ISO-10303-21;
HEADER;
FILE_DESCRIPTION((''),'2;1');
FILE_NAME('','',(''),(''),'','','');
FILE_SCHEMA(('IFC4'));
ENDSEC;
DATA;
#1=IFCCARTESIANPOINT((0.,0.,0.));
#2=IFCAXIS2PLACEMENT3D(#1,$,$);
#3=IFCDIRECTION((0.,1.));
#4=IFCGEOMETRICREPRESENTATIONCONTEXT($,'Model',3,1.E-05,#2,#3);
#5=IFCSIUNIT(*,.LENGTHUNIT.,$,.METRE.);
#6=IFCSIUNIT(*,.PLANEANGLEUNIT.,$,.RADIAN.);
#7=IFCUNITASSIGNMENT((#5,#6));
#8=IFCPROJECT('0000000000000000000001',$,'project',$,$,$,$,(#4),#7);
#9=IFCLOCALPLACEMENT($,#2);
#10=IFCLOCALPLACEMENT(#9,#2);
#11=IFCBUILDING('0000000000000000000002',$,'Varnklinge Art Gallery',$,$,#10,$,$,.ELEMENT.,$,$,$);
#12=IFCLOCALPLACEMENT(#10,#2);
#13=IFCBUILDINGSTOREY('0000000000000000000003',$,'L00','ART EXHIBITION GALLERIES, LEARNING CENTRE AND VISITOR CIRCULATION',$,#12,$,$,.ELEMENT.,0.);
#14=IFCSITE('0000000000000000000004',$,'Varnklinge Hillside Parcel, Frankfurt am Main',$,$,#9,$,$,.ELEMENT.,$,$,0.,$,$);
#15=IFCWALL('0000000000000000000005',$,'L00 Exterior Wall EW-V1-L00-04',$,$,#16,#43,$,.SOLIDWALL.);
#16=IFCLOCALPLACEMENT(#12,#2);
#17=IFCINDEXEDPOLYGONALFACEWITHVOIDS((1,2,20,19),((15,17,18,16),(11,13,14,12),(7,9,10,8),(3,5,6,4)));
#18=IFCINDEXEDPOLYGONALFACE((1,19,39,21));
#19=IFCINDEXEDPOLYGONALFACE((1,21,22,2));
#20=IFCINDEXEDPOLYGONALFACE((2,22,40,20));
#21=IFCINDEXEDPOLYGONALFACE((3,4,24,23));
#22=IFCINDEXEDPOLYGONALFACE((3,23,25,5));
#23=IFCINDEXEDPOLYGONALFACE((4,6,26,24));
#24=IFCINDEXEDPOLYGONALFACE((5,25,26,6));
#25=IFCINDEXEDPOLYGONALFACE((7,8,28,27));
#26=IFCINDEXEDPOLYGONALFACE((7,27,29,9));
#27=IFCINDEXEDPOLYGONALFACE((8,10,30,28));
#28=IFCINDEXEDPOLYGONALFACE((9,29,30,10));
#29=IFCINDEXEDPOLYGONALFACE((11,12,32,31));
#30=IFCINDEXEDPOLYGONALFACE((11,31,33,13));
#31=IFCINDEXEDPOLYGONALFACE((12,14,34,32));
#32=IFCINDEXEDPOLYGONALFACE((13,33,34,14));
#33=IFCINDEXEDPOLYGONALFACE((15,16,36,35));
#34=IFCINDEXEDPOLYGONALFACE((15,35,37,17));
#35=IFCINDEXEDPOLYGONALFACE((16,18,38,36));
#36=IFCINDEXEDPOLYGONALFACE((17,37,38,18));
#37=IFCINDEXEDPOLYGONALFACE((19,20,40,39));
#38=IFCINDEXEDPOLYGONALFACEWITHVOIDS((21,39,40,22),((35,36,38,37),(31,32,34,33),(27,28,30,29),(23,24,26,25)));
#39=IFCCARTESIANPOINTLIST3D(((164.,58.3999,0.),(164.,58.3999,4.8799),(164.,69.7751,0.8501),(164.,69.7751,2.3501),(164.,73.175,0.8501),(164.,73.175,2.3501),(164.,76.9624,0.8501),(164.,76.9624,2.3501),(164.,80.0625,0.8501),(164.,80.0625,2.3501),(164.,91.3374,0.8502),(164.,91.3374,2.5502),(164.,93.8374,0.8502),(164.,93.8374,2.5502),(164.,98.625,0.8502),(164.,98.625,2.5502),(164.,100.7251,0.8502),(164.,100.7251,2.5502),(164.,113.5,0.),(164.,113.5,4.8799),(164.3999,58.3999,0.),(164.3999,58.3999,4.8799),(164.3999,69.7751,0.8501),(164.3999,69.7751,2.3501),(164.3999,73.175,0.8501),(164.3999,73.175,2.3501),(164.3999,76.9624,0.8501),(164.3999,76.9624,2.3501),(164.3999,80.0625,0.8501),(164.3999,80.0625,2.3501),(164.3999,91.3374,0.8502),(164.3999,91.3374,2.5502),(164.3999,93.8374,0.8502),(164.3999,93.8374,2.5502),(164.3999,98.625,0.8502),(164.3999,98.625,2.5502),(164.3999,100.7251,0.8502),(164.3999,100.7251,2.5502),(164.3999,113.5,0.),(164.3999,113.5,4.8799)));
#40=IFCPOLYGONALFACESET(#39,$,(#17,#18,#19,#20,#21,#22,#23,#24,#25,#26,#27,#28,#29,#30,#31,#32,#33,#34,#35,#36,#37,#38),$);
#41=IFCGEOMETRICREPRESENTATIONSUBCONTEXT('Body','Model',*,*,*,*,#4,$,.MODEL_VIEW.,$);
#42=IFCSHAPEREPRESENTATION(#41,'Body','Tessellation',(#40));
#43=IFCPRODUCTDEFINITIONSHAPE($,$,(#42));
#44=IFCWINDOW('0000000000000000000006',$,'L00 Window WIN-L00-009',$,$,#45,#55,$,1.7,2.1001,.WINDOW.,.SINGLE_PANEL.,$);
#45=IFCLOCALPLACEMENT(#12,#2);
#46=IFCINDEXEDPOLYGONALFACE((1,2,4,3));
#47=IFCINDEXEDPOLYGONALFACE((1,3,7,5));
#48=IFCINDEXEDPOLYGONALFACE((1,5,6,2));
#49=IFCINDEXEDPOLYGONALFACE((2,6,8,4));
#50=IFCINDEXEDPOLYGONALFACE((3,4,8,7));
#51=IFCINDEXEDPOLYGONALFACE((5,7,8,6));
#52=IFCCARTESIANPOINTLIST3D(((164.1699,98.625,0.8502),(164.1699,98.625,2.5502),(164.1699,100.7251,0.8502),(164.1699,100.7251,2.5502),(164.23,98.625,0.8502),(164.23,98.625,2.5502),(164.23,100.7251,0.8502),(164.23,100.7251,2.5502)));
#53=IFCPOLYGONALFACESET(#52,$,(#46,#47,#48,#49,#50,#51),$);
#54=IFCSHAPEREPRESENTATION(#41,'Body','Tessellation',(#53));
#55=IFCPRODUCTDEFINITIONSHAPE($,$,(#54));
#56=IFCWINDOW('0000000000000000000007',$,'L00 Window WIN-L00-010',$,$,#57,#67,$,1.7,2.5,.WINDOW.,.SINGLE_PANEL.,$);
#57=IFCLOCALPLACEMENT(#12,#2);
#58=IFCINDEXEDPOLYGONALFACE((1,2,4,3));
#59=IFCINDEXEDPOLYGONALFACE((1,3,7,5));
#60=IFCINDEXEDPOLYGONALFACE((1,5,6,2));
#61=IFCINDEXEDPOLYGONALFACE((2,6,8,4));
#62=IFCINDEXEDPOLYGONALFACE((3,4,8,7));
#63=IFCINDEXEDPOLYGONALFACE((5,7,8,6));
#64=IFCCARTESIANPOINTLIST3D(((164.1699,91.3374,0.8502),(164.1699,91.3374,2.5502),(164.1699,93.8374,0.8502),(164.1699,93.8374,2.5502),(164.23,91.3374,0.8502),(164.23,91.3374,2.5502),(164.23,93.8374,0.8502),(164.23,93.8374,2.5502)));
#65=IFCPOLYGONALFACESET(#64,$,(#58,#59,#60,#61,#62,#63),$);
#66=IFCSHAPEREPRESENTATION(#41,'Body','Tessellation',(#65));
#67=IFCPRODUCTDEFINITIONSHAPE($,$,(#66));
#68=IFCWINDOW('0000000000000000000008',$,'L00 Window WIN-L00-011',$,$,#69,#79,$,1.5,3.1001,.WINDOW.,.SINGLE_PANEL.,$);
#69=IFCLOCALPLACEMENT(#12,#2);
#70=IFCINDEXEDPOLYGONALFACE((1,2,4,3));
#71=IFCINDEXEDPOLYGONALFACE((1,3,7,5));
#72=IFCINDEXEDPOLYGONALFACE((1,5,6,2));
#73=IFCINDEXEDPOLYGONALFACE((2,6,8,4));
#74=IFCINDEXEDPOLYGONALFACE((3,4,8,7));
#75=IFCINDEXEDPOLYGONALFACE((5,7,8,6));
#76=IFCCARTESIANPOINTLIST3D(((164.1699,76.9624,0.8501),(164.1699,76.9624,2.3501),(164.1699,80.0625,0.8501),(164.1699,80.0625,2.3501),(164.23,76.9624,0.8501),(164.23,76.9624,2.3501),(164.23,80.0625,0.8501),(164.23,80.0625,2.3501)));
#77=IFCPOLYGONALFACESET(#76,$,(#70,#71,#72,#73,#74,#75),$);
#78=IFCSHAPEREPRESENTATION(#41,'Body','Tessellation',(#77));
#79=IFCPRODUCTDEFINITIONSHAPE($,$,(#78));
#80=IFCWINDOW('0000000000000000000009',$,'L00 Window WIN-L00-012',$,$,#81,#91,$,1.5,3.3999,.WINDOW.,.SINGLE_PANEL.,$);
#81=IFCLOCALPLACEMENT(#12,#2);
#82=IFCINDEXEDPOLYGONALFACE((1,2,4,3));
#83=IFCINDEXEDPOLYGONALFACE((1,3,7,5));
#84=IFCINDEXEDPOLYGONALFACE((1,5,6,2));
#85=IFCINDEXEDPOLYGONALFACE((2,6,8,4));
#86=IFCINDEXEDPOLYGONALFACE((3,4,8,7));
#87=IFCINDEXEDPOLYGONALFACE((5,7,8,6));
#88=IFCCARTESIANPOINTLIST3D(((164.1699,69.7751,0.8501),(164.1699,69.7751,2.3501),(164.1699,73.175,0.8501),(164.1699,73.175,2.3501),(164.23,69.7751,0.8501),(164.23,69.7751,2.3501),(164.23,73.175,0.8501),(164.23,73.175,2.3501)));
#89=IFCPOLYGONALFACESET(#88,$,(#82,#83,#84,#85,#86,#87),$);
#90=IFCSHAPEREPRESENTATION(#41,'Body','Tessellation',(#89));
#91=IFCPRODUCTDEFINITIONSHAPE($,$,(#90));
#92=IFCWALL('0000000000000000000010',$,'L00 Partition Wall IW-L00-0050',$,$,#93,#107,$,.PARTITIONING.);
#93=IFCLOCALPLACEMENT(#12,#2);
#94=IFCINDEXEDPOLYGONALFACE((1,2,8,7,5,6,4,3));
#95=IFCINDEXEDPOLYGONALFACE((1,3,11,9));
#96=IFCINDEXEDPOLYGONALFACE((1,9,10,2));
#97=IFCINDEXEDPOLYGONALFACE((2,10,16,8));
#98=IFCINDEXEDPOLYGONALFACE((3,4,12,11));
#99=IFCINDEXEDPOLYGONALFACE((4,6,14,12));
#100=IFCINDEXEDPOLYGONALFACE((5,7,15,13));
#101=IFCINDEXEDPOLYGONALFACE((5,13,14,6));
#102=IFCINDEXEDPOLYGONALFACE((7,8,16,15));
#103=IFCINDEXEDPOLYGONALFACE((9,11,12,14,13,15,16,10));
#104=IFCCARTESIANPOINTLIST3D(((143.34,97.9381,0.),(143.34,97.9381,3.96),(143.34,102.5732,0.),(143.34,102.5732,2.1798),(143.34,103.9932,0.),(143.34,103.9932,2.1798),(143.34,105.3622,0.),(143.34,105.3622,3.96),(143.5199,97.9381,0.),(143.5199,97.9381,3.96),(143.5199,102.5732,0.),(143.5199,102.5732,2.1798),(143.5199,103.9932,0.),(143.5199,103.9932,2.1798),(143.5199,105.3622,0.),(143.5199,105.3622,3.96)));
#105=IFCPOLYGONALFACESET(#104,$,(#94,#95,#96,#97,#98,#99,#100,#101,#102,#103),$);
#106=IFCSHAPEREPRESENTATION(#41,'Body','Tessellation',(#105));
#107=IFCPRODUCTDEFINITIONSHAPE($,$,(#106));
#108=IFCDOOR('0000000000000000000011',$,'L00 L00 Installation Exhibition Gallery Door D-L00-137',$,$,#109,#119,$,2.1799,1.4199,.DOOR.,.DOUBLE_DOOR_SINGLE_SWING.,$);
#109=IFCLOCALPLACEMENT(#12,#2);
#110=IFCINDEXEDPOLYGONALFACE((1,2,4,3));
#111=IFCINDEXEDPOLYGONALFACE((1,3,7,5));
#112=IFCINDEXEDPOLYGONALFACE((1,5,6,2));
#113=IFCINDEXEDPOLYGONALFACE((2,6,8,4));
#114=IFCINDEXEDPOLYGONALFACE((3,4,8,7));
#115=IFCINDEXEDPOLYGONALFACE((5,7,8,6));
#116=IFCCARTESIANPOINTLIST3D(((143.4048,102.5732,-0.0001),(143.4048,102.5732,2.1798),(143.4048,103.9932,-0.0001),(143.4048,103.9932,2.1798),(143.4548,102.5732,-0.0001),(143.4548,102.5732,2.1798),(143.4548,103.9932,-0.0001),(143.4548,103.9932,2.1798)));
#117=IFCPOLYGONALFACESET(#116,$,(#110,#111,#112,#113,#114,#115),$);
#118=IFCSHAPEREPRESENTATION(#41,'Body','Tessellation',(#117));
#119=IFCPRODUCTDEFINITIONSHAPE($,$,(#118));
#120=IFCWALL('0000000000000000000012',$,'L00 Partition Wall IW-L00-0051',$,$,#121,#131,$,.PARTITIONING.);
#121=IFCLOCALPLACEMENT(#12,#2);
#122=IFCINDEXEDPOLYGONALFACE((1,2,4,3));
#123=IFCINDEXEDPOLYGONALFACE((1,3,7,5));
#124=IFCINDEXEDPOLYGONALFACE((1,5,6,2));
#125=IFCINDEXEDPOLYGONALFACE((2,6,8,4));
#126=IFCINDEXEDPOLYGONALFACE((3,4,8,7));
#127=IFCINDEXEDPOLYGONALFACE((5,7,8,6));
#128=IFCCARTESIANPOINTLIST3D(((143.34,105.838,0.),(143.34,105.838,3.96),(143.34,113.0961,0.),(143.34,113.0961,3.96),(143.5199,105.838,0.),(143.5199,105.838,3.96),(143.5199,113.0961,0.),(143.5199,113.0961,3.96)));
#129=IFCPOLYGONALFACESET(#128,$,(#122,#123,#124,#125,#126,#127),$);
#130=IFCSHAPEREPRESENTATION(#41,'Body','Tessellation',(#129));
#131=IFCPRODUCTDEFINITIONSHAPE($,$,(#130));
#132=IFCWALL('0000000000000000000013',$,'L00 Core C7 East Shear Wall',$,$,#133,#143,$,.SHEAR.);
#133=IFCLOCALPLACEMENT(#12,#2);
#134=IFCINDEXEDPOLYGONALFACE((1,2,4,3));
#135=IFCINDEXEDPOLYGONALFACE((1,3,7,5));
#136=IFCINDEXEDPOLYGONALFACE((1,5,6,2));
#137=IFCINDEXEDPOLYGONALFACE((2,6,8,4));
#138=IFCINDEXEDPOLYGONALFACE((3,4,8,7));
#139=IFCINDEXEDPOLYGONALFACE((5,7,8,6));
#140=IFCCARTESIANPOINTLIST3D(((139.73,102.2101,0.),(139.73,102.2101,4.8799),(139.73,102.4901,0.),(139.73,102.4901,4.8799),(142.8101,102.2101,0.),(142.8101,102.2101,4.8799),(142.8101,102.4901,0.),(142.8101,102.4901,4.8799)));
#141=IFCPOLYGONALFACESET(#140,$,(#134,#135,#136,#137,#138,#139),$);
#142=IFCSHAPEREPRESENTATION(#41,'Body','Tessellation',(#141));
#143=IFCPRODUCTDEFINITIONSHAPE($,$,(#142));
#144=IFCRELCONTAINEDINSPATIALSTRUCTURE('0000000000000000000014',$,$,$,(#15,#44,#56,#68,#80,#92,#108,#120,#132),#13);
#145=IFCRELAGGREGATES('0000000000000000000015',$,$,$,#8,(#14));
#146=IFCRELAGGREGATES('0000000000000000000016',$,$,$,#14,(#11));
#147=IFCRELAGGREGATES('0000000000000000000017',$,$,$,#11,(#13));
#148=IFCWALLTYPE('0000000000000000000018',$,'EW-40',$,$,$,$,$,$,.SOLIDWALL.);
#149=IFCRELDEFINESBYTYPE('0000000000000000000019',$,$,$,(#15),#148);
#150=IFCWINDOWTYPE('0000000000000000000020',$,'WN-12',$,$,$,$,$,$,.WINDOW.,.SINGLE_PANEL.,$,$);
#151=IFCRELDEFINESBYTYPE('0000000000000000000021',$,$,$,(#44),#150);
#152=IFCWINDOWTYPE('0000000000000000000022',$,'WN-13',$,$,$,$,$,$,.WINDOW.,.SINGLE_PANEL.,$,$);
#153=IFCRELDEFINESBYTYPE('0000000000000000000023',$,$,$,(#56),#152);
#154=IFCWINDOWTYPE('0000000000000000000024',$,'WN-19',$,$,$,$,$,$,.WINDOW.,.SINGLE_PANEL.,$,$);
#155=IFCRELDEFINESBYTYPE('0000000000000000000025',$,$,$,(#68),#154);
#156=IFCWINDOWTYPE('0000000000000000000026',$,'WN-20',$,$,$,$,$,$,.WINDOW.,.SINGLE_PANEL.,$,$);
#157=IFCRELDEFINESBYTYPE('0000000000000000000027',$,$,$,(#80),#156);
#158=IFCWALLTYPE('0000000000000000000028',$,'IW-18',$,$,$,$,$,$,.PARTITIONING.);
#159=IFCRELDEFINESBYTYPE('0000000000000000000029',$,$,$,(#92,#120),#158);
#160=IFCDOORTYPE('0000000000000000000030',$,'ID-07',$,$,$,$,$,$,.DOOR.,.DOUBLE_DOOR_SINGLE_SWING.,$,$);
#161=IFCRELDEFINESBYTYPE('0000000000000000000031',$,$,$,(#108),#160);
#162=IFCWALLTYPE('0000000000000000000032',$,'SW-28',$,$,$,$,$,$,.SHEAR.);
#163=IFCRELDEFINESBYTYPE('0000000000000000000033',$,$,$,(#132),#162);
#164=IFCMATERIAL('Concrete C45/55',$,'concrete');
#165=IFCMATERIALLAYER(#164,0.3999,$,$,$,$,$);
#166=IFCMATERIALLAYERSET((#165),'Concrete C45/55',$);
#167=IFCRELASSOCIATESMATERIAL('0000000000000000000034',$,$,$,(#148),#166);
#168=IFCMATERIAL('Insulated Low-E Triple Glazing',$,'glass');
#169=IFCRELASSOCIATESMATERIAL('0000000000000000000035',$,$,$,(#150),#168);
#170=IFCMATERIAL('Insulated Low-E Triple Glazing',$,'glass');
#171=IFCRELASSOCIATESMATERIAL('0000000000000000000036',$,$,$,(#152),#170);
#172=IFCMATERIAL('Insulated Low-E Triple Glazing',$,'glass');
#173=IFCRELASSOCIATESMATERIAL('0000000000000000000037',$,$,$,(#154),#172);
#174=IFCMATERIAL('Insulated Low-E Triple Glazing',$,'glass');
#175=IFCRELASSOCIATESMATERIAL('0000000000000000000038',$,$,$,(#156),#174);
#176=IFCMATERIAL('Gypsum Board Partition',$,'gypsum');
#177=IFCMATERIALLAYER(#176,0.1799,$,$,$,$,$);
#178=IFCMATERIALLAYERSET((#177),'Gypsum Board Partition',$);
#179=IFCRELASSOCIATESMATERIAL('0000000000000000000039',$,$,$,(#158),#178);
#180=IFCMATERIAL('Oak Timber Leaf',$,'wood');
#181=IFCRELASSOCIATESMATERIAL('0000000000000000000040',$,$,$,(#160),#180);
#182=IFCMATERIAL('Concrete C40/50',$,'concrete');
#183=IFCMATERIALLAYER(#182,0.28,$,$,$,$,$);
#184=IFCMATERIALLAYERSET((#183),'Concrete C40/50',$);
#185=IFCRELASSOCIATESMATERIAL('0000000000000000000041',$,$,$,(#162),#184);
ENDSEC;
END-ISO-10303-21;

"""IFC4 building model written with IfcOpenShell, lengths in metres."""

from ifc_helpers import new_model, si_unit, direction, frame, frame_2d, origin, place, context, subcontext, project, spatial, rectangle, extrude, material, layer, layer_set, type_object, element, fill, save


model = new_model("IFC4")

# Units and contexts
model_context = context("Model", 3, precision=1e-05, world=origin(), true_north=direction((0.0, 1.0)))
body_context = subcontext(model_context, "Body", "Model", "MODEL_VIEW")
ifc_project = project(units=[si_unit("LENGTHUNIT", "METRE"), si_unit("PLANEANGLEUNIT", "RADIAN")], contexts=[model_context])

# Site, building, storey
site_placement = place(None, origin())
site = spatial("IfcSite", under=ifc_project, at=site_placement, Name="Varnklinge Hillside Parcel, Frankfurt am Main", CompositionType="ELEMENT", RefElevation=0.0)
building_placement = place(site_placement, origin())
building = spatial("IfcBuilding", under=site, at=building_placement, Name="Varnklinge Art Gallery", CompositionType="ELEMENT")
storey_placement = place(building_placement, origin())
storey = spatial("IfcBuildingStorey", under=building, at=storey_placement, Name="L00", Description="ART EXHIBITION GALLERIES, LEARNING CENTRE AND VISITOR CIRCULATION", CompositionType="ELEMENT", Elevation=0.0)

# Wall, openings, windows
ifc_material_1 = material(Name="Concrete C45/55", Category="concrete")
ifc_layer_1 = layer(ifc_material_1, 0.3999)
ifc_layer_set_1 = layer_set([ifc_layer_1], Name="Concrete C45/55")
wall_type_1 = type_object("IfcWallType", Name="EW-40", PredefinedType="SOLIDWALL", material=ifc_layer_set_1)
wall_1_placement = place(storey_placement, frame((164.2, 113.5, 0.0), z_axis=(0.0, 0.0, 1.0), x_axis=(0.0, -1.0, 0.0)))
wall_1 = element("IfcWall", 1, at=wall_1_placement, inside=storey, type_object=wall_type_1, Name="L00 Exterior Wall EW-V1-L00-04", PredefinedType="SOLIDWALL", context=body_context, shape_type="SweptSolid", body=[
    extrude(rectangle(XDim=55.1001, YDim=0.3999, at=frame_2d((27.55, 0.0))), origin(), (0.0, 0.0, 1.0), 4.8799),
])
opening_1_placement = place(wall_1_placement, frame((12.7749, 0.0, 0.8501)))
opening_1 = element("IfcOpeningElement", 2, at=opening_1_placement, cuts=wall_1, PredefinedType="OPENING", context=body_context, shape_type="SweptSolid", body=[
    extrude(rectangle(XDim=2.1001, YDim=1.7, at=frame_2d((1.05, 0.8501))), frame((0.0, 0.21, 0.0), z_axis=(0.0, -1.0, 0.0), x_axis=(1.0, 0.0, 0.0)), (0.0, 0.0, 1.0), 0.4199),
])
opening_2_placement = place(wall_1_placement, frame((19.6626, 0.0, 0.8501)))
opening_2 = element("IfcOpeningElement", 3, at=opening_2_placement, cuts=wall_1, PredefinedType="OPENING", context=body_context, shape_type="SweptSolid", body=[
    extrude(rectangle(XDim=2.5, YDim=1.7, at=frame_2d((1.25, 0.8501))), frame((0.0, 0.21, 0.0), z_axis=(0.0, -1.0, 0.0), x_axis=(1.0, 0.0, 0.0)), (0.0, 0.0, 1.0), 0.4199),
])
opening_3_placement = place(wall_1_placement, frame((33.4375, 0.0, 0.8501)))
opening_3 = element("IfcOpeningElement", 4, at=opening_3_placement, cuts=wall_1, PredefinedType="OPENING", context=body_context, shape_type="SweptSolid", body=[
    extrude(rectangle(XDim=3.1001, YDim=1.5, at=frame_2d((1.55, 0.75))), frame((0.0, 0.21, 0.0), z_axis=(0.0, -1.0, 0.0), x_axis=(1.0, 0.0, 0.0)), (0.0, 0.0, 1.0), 0.4199),
])
opening_4_placement = place(wall_1_placement, frame((40.325, 0.0, 0.8501)))
opening_4 = element("IfcOpeningElement", 5, at=opening_4_placement, cuts=wall_1, PredefinedType="OPENING", context=body_context, shape_type="SweptSolid", body=[
    extrude(rectangle(XDim=3.3999, YDim=1.5, at=frame_2d((1.7, 0.75))), frame((0.0, 0.21, 0.0), z_axis=(0.0, -1.0, 0.0), x_axis=(1.0, 0.0, 0.0)), (0.0, 0.0, 1.0), 0.4199),
])
ifc_material_2 = material(Name="Insulated Low-E Triple Glazing", Category="glass")
window_type_1 = type_object("IfcWindowType", Name="WN-12", PartitioningType="SINGLE_PANEL", PredefinedType="WINDOW", material=ifc_material_2)
window_1_placement = place(opening_1_placement, origin())
window_1 = element("IfcWindow", 6, at=window_1_placement, inside=storey, type_object=window_type_1, Name="L00 Window WIN-L00-009", OverallHeight=1.7, OverallWidth=2.1001, PartitioningType="SINGLE_PANEL", PredefinedType="WINDOW", context=body_context, shape_type="SweptSolid", body=[
    extrude(rectangle(XDim=2.1001, YDim=1.7, at=frame_2d((1.05, 0.8501))), frame((0.0, 0.03, 0.0), z_axis=(0.0, -1.0, 0.0), x_axis=(1.0, 0.0, 0.0)), (0.0, 0.0, 1.0), 0.0601),
])
fill(opening_1, window_1)
ifc_material_3 = material(Name="Insulated Low-E Triple Glazing", Category="glass")
window_type_2 = type_object("IfcWindowType", Name="WN-13", PartitioningType="SINGLE_PANEL", PredefinedType="WINDOW", material=ifc_material_3)
window_2_placement = place(opening_2_placement, origin())
window_2 = element("IfcWindow", 7, at=window_2_placement, inside=storey, type_object=window_type_2, Name="L00 Window WIN-L00-010", OverallHeight=1.7, OverallWidth=2.5, PartitioningType="SINGLE_PANEL", PredefinedType="WINDOW", context=body_context, shape_type="SweptSolid", body=[
    extrude(rectangle(XDim=2.5, YDim=1.7, at=frame_2d((1.25, 0.8501))), frame((0.0, 0.03, 0.0), z_axis=(0.0, -1.0, 0.0), x_axis=(1.0, 0.0, 0.0)), (0.0, 0.0, 1.0), 0.0601),
])
fill(opening_2, window_2)
ifc_material_4 = material(Name="Insulated Low-E Triple Glazing", Category="glass")
window_type_3 = type_object("IfcWindowType", Name="WN-19", PartitioningType="SINGLE_PANEL", PredefinedType="WINDOW", material=ifc_material_4)
window_3_placement = place(opening_3_placement, origin())
window_3 = element("IfcWindow", 8, at=window_3_placement, inside=storey, type_object=window_type_3, Name="L00 Window WIN-L00-011", OverallHeight=1.5, OverallWidth=3.1001, PartitioningType="SINGLE_PANEL", PredefinedType="WINDOW", context=body_context, shape_type="SweptSolid", body=[
    extrude(rectangle(XDim=3.1001, YDim=1.5, at=frame_2d((1.55, 0.75))), frame((0.0, 0.03, 0.0), z_axis=(0.0, -1.0, 0.0), x_axis=(1.0, 0.0, 0.0)), (0.0, 0.0, 1.0), 0.0601),
])
fill(opening_3, window_3)
ifc_material_5 = material(Name="Insulated Low-E Triple Glazing", Category="glass")
window_type_4 = type_object("IfcWindowType", Name="WN-20", PartitioningType="SINGLE_PANEL", PredefinedType="WINDOW", material=ifc_material_5)
window_4_placement = place(opening_4_placement, origin())
window_4 = element("IfcWindow", 9, at=window_4_placement, inside=storey, type_object=window_type_4, Name="L00 Window WIN-L00-012", OverallHeight=1.5, OverallWidth=3.3999, PartitioningType="SINGLE_PANEL", PredefinedType="WINDOW", context=body_context, shape_type="SweptSolid", body=[
    extrude(rectangle(XDim=3.3999, YDim=1.5, at=frame_2d((1.7, 0.75))), frame((0.0, 0.03, 0.0), z_axis=(0.0, -1.0, 0.0), x_axis=(1.0, 0.0, 0.0)), (0.0, 0.0, 1.0), 0.0601),
])
fill(opening_4, window_4)

# Wall, opening, door
ifc_material_6 = material(Name="Gypsum Board Partition", Category="gypsum")
ifc_layer_2 = layer(ifc_material_6, 0.1799)
ifc_layer_set_2 = layer_set([ifc_layer_2], Name="Gypsum Board Partition")
wall_type_2 = type_object("IfcWallType", Name="IW-18", PredefinedType="PARTITIONING", material=ifc_layer_set_2)
wall_2_placement = place(storey_placement, frame((143.4299, 105.3621, 0.0), z_axis=(0.0, 0.0, 1.0), x_axis=(0.0, -1.0, 0.0)))
wall_2 = element("IfcWall", 10, at=wall_2_placement, inside=storey, type_object=wall_type_2, Name="L00 Partition Wall IW-L00-0050", PredefinedType="PARTITIONING", context=body_context, shape_type="SweptSolid", body=[
    extrude(rectangle(XDim=7.4241, YDim=0.1799, at=frame_2d((3.7119, 0.0))), origin(), (0.0, 0.0, 1.0), 3.96),
])
opening_5_placement = place(wall_2_placement, frame((1.3689, 0.0, 0.0)))
opening_5 = element("IfcOpeningElement", 11, at=opening_5_placement, cuts=wall_2, PredefinedType="OPENING", context=body_context, shape_type="SweptSolid", body=[
    extrude(rectangle(XDim=1.4199, YDim=2.1799, at=frame_2d((0.71, 1.0898))), frame((0.0, 0.0999, 0.0), z_axis=(0.0, -1.0, 0.0), x_axis=(1.0, 0.0, 0.0)), (0.0, 0.0, 1.0), 0.2),
])
ifc_material_7 = material(Name="Oak Timber Leaf", Category="wood")
door_type = type_object("IfcDoorType", Name="ID-07", OperationType="DOUBLE_DOOR_SINGLE_SWING", PredefinedType="DOOR", material=ifc_material_7)
door_placement = place(opening_5_placement, origin())
door = element("IfcDoor", 12, at=door_placement, inside=storey, type_object=door_type, Name="L00 L00 Installation Exhibition Gallery Door D-L00-137", OperationType="DOUBLE_DOOR_SINGLE_SWING", OverallHeight=2.1799, OverallWidth=1.4199, PredefinedType="DOOR", context=body_context, shape_type="SweptSolid", body=[
    extrude(rectangle(XDim=1.4199, YDim=2.1799, at=frame_2d((0.71, 1.0898))), frame((0.0, 0.0249, 0.0), z_axis=(0.0, -1.0, 0.0), x_axis=(1.0, 0.0, 0.0)), (0.0, 0.0, 1.0), 0.05),
])
fill(opening_5, door)

# Walls
wall_3_placement = place(storey_placement, frame((143.4299, 113.0959, 0.0), z_axis=(0.0, 0.0, 1.0), x_axis=(0.0, -1.0, 0.0)))
element("IfcWall", 13, at=wall_3_placement, inside=storey, type_object=wall_type_2, Name="L00 Partition Wall IW-L00-0051", PredefinedType="PARTITIONING", context=body_context, shape_type="SweptSolid", body=[
    extrude(rectangle(XDim=7.2581, YDim=0.1799, at=frame_2d((3.6289, 0.0))), origin(), (0.0, 0.0, 1.0), 3.96),
])
ifc_material_8 = material(Name="Concrete C40/50", Category="concrete")
ifc_layer_3 = layer(ifc_material_8, 0.28)
ifc_layer_set_3 = layer_set([ifc_layer_3], Name="Concrete C40/50")
wall_type_3 = type_object("IfcWallType", Name="SW-28", PredefinedType="SHEAR", material=ifc_layer_set_3)
wall_4_placement = place(storey_placement, frame((142.8101, 102.3501, 0.0), z_axis=(0.0, 0.0, 1.0), x_axis=(-1.0, 0.0, 0.0)))
element("IfcWall", 14, at=wall_4_placement, inside=storey, type_object=wall_type_3, Name="L00 Core C7 East Shear Wall", PredefinedType="SHEAR", context=body_context, shape_type="SweptSolid", body=[
    extrude(rectangle(XDim=3.0801, YDim=0.28, at=frame_2d((1.54, 0.0))), origin(), (0.0, 0.0, 1.0), 4.8799),
])

save(model, "model.ifc")
